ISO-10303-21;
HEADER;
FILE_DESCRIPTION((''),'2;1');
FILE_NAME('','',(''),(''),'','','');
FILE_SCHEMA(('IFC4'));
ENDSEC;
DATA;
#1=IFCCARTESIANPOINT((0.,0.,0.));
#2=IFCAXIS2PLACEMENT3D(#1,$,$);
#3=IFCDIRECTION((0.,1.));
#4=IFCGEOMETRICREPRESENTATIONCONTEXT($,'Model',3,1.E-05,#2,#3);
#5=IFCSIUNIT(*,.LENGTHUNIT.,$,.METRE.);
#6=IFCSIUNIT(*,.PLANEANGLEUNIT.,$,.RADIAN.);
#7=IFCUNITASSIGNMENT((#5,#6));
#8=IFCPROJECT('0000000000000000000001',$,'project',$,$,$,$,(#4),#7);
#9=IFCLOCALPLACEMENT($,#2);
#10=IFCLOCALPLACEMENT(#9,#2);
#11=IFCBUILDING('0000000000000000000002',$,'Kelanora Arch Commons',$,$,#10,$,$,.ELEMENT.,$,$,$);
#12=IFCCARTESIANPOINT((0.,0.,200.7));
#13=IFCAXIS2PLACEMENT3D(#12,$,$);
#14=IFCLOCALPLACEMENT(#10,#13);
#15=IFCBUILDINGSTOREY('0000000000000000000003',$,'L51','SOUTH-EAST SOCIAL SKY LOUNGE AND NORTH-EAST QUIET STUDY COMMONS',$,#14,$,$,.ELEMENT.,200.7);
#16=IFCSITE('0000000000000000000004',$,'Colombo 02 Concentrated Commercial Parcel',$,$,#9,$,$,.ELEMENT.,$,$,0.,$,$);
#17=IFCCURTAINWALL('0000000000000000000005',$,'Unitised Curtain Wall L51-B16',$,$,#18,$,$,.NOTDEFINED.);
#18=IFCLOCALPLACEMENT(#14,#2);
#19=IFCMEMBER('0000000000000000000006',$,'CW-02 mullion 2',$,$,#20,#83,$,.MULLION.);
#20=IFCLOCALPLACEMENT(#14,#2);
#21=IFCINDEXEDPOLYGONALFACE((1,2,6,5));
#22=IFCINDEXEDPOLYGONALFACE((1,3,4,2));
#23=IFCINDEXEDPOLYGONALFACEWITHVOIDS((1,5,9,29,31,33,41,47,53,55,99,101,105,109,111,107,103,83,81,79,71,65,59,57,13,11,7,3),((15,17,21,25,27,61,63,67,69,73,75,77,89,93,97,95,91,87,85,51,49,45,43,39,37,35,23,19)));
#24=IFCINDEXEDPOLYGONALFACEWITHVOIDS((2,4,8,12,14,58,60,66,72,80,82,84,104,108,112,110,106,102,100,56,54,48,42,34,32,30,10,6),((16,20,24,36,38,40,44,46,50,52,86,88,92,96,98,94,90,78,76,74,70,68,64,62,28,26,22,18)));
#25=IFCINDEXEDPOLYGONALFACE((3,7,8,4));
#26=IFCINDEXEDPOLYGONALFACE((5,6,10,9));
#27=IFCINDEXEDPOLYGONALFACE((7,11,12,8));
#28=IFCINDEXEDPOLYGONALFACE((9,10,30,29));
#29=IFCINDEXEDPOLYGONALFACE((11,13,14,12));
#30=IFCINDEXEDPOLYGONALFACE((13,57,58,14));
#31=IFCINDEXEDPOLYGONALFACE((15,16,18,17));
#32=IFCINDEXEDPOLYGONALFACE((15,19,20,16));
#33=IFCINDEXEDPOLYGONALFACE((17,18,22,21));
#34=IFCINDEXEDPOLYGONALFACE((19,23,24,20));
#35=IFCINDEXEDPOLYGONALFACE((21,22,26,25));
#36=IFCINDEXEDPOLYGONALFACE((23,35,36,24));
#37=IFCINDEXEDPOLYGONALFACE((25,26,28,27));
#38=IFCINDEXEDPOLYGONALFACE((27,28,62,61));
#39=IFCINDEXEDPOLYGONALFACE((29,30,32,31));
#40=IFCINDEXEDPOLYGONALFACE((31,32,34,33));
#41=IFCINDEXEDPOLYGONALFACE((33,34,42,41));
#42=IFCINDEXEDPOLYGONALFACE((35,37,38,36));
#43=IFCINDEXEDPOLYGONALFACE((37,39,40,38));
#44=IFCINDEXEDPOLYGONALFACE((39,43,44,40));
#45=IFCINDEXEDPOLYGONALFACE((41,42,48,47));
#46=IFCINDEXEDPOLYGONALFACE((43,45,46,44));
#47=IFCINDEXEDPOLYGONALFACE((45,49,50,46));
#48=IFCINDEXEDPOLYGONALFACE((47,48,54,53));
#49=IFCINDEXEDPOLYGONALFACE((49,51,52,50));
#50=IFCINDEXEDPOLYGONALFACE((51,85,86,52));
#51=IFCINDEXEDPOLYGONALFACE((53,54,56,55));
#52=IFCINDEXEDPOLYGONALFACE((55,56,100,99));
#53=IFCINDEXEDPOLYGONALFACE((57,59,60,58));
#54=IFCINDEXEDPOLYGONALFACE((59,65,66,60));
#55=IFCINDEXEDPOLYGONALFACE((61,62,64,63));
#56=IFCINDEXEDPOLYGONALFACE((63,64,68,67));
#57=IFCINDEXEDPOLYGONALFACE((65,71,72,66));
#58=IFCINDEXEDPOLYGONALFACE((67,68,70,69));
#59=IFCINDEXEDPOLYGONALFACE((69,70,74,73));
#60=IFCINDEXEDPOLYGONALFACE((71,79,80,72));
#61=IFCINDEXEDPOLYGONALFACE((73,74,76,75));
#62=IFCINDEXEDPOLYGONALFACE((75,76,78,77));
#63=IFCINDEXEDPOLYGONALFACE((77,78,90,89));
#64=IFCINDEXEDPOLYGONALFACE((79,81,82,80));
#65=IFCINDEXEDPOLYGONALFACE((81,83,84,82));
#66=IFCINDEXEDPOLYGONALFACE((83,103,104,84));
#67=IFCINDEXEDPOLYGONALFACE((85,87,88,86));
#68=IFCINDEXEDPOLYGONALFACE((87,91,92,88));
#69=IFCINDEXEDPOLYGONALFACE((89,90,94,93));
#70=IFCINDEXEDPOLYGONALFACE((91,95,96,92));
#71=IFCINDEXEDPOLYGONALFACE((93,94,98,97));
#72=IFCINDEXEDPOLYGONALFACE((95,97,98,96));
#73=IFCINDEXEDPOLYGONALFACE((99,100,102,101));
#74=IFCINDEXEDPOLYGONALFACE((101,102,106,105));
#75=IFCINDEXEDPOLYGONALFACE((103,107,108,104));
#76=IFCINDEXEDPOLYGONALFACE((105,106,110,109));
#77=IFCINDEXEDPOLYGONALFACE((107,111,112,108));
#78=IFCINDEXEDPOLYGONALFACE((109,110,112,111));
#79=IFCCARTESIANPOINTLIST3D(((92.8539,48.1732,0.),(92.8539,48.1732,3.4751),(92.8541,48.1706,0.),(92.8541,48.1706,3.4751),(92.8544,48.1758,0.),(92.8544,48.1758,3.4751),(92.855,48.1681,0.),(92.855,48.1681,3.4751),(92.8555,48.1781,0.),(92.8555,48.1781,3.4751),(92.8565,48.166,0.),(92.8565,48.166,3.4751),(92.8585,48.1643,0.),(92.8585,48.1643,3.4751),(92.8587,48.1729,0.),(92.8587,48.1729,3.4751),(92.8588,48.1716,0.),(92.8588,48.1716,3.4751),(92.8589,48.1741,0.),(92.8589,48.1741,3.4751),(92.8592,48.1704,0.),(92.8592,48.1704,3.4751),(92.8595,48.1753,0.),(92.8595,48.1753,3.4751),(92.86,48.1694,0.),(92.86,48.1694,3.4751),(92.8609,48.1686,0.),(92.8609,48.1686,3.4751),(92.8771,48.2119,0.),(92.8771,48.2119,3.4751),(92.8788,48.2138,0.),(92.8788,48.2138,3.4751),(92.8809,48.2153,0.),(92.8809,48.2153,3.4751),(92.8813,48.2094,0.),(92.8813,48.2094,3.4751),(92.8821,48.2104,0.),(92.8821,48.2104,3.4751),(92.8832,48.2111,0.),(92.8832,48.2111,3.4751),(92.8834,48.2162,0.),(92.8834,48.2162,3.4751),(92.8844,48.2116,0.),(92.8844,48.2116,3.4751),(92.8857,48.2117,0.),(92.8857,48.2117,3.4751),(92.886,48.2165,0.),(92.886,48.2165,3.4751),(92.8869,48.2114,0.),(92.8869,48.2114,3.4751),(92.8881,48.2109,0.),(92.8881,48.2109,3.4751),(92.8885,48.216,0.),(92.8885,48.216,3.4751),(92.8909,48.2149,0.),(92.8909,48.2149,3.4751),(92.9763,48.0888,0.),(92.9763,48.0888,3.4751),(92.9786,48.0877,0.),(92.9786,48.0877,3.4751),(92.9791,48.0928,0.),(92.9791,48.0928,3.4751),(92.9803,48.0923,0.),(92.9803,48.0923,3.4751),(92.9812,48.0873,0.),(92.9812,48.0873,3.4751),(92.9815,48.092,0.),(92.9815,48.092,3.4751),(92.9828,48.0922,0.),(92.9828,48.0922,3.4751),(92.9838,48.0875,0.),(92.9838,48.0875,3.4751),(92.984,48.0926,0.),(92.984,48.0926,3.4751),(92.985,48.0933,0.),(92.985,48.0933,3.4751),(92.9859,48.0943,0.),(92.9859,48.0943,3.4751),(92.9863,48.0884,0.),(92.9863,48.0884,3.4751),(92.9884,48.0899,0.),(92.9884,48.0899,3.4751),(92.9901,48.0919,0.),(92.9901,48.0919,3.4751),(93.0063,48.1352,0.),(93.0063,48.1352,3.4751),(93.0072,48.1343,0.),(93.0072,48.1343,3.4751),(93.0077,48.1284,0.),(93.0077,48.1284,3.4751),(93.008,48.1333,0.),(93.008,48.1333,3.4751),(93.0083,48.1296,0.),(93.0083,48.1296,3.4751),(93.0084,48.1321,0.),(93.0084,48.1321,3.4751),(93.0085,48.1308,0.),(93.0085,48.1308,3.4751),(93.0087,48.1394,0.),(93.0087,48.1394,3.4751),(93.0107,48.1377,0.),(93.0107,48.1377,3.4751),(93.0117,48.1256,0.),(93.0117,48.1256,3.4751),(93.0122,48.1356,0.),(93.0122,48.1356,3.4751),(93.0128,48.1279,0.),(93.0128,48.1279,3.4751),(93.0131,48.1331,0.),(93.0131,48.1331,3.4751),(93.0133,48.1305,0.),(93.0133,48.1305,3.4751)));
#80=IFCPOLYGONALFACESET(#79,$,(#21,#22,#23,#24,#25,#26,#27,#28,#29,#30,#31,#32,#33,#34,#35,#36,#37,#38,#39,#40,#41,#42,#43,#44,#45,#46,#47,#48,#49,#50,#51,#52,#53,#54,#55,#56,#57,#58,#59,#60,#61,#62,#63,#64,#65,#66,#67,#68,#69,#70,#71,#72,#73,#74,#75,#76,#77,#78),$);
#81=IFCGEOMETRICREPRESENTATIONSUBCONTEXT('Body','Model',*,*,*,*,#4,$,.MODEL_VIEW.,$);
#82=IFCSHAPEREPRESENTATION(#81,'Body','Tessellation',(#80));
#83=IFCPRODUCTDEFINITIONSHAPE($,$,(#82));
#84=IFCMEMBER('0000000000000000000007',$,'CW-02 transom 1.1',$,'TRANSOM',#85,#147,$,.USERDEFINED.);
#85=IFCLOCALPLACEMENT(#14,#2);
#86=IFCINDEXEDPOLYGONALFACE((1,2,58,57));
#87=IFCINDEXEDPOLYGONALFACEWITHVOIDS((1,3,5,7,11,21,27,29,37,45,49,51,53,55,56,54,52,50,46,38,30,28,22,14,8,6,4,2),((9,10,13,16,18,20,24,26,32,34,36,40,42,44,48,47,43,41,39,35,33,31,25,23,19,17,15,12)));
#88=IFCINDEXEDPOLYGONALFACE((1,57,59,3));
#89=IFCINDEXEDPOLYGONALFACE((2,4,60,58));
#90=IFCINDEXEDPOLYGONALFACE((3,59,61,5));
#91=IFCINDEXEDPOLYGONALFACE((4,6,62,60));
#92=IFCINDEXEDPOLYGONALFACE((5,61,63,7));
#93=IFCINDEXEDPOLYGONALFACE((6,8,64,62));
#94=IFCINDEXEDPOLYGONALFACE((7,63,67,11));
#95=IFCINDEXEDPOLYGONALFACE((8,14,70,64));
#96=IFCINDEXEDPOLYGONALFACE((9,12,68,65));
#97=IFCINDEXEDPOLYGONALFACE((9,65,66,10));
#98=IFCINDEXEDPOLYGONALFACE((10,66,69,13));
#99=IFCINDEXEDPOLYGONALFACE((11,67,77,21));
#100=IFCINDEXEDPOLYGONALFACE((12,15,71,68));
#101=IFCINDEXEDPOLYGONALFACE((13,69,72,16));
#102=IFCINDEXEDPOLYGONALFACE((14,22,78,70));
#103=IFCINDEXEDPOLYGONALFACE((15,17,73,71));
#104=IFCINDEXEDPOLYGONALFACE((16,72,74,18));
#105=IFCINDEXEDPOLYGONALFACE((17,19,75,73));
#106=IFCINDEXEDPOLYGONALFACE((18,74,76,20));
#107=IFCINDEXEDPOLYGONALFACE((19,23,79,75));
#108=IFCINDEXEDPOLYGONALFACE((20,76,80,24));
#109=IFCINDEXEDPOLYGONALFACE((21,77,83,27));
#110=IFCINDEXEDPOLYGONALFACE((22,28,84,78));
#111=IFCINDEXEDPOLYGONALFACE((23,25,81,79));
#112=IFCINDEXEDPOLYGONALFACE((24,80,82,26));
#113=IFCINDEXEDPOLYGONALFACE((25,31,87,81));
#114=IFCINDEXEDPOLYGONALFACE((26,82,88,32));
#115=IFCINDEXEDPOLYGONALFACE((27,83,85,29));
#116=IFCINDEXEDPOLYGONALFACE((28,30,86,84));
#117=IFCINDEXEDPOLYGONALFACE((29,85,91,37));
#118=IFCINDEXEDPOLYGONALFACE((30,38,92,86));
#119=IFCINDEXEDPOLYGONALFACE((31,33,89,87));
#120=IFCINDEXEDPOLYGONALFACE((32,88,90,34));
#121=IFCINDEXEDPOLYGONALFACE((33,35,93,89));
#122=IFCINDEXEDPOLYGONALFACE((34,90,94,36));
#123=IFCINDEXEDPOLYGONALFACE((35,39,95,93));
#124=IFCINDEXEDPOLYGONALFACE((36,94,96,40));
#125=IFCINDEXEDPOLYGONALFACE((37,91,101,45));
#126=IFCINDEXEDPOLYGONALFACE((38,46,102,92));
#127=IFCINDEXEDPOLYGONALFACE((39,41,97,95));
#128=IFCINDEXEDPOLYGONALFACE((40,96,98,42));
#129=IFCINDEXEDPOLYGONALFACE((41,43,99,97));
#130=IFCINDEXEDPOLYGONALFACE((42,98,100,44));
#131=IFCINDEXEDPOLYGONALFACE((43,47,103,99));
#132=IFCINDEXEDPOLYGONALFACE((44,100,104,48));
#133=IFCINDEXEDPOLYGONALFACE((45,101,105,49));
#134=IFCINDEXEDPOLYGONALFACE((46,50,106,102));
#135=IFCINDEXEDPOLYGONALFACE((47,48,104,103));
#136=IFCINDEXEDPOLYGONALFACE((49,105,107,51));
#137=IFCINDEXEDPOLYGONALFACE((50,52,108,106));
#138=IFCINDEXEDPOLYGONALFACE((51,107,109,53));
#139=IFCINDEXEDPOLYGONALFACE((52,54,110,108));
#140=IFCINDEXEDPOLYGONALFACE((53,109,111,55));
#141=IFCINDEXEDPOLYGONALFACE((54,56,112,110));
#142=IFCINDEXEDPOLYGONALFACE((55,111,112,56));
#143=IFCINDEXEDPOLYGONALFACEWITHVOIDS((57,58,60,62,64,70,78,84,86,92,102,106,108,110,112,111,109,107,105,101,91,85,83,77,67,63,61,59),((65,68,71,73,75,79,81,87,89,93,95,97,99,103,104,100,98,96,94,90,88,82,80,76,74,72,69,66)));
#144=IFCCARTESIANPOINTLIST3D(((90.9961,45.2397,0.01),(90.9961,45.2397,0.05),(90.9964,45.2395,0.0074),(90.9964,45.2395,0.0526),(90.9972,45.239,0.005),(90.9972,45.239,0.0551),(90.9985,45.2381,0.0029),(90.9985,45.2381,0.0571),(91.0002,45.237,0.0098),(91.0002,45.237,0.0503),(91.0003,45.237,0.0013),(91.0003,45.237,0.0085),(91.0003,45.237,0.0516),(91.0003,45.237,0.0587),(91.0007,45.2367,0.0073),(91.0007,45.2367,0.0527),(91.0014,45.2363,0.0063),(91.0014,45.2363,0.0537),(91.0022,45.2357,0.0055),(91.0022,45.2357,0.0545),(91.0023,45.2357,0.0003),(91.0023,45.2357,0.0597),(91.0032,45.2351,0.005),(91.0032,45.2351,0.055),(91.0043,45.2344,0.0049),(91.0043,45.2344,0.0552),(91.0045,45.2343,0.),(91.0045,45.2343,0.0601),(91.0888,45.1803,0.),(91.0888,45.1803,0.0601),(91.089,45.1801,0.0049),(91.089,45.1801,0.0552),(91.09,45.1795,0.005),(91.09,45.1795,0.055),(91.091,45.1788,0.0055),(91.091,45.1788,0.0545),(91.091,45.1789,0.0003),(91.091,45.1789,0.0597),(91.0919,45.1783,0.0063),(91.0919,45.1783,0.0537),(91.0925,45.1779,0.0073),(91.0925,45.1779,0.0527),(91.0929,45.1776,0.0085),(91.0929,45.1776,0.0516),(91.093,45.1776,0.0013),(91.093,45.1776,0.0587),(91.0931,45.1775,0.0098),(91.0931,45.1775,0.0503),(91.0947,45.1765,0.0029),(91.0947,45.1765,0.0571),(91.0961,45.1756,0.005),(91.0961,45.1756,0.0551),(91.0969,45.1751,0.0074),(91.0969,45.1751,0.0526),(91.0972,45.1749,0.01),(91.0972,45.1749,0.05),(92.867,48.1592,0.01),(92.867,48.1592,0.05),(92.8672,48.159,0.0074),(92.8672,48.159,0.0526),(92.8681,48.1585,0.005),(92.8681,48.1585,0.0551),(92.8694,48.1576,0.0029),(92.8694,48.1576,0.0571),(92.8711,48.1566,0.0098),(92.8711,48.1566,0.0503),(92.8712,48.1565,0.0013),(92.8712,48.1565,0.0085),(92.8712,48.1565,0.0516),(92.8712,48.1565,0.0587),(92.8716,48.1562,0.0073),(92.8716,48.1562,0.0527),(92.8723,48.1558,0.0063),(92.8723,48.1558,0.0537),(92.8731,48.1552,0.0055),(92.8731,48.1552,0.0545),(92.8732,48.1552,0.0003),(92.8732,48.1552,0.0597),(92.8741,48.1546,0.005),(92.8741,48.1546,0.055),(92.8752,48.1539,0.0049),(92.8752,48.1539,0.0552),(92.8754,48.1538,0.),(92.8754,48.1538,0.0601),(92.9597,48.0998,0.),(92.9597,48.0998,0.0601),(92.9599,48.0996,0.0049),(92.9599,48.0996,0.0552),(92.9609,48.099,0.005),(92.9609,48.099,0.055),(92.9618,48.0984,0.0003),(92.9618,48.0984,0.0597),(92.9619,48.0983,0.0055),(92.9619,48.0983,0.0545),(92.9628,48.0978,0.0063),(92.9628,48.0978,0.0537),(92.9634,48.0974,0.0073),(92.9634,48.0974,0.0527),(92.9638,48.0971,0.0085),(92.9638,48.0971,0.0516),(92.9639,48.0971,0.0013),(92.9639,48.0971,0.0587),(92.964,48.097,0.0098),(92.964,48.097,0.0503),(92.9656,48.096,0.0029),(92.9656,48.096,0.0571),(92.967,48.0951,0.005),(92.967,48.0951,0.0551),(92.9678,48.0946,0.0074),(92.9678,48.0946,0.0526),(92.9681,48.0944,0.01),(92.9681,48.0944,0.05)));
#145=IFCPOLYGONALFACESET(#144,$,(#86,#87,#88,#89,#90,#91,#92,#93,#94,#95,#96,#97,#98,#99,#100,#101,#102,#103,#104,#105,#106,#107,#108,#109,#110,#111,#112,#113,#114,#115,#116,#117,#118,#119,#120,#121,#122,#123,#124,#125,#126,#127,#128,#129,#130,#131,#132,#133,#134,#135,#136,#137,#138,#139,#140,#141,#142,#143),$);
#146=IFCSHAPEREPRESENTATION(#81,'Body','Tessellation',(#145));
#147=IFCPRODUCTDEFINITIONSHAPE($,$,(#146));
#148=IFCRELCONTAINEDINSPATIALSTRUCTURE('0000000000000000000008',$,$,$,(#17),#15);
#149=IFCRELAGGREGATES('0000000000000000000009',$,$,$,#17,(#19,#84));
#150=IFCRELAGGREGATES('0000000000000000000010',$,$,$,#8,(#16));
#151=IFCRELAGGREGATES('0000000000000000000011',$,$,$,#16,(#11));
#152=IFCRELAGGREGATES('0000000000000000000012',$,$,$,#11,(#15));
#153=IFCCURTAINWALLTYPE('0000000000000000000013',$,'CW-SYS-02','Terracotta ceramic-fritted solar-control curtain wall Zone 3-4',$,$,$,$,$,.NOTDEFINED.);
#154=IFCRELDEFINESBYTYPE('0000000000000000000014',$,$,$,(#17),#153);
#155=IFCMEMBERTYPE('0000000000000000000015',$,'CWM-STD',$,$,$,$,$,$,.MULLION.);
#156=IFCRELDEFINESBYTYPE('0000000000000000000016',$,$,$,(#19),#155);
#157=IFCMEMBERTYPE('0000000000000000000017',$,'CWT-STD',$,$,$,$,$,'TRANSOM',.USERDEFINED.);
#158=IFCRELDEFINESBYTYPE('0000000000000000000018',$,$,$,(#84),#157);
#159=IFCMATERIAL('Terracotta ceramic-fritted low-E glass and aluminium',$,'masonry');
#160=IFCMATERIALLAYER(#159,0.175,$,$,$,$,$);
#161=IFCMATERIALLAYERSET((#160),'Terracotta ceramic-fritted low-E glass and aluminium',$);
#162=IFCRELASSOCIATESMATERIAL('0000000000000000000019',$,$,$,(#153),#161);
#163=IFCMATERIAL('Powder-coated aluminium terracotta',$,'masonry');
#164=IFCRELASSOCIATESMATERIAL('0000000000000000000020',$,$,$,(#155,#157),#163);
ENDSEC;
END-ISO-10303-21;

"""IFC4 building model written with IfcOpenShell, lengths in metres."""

from ifc_helpers import new_model, si_unit, direction, frame, origin, origin_2d, place, context, subcontext, project, spatial, hollow_rectangle, extrude, material, layer, layer_set, material_profile, profile_set, type_object, element, aggregate, save


model = new_model("IFC4")

# Units and contexts
model_context = context("Model", 3, precision=1e-05, world=origin(), true_north=direction((0.0, 1.0)))
body_context = subcontext(model_context, "Body", "Model", "MODEL_VIEW")
ifc_project = project(units=[si_unit("LENGTHUNIT", "METRE"), si_unit("PLANEANGLEUNIT", "RADIAN")], contexts=[model_context])

# Site, building, storey
site_placement = place(None, origin())
site = spatial("IfcSite", under=ifc_project, at=site_placement, Name="Colombo 02 Concentrated Commercial Parcel", CompositionType="ELEMENT", RefElevation=0.0)
building_placement = place(site_placement, origin())
building = spatial("IfcBuilding", under=site, at=building_placement, Name="Kelanora Arch Commons", CompositionType="ELEMENT")
storey_placement = place(building_placement, frame((0.0, 0.0, 200.7)))
storey = spatial("IfcBuildingStorey", under=building, at=storey_placement, Name="L51", Description="SOUTH-EAST SOCIAL SKY LOUNGE AND NORTH-EAST QUIET STUDY COMMONS", CompositionType="ELEMENT", Elevation=200.7)

# Shared definitions
ifc_material_1 = material(Name="Terracotta ceramic-fritted low-E glass and aluminium", Category="masonry")
ifc_layer_1 = layer(ifc_material_1, 0.175)
ifc_layer_set_1 = layer_set([ifc_layer_1], Name="Terracotta ceramic-fritted low-E glass and aluminium")
curtain_wall_type = type_object("IfcCurtainWallType", Name="CW-SYS-02", Description="Terracotta ceramic-fritted solar-control curtain wall Zone 3-4", PredefinedType="NOTDEFINED", material=ifc_layer_set_1)
ifc_material_2 = material(Name="Powder-coated aluminium terracotta", Category="masonry")
ifc_material_profile_1 = material_profile(ifc_material_2, hollow_rectangle(XDim=0.1599, YDim=0.0601, WallThickness=0.0049, InnerFilletRadius=0.0049, OuterFilletRadius=0.01, at=origin_2d()), Name="CWM160x60")
ifc_profile_set_1 = profile_set([ifc_material_profile_1], Name="Powder-coated aluminium terracotta")
member_type_1 = type_object("IfcMemberType", Name="CWM-STD", PredefinedType="MULLION", material=ifc_profile_set_1)

# Curtain wall, members
curtain_wall_1_placement = place(storey_placement, origin())
curtain_wall_1 = element("IfcCurtainWall", 1, at=curtain_wall_1_placement, inside=storey, type_object=curtain_wall_type, Name="Unitised Curtain Wall L51-B16", PredefinedType="NOTDEFINED")
member_1_placement = place(storey_placement, frame((92.9336, 48.1519, 0.0), z_axis=(0.0, 0.0, 1.0), x_axis=(-0.841948, 0.539559, 0.0)))
member_1 = element("IfcMember", 2, at=member_1_placement, type_object=member_type_1, Name="CW-02 mullion 2", PredefinedType="MULLION", context=body_context, shape_type="SweptSolid", body=[
    extrude(hollow_rectangle(XDim=0.1599, YDim=0.0601, WallThickness=0.0049, InnerFilletRadius=0.0049, OuterFilletRadius=0.01, at=origin_2d()), origin(), (0.0, 0.0, 1.0), 3.4751),
])
ifc_material_profile_2 = material_profile(ifc_material_2, hollow_rectangle(XDim=0.1201, YDim=0.0601, WallThickness=0.0049, InnerFilletRadius=0.0049, OuterFilletRadius=0.01, at=origin_2d()), Name="CWT120x60")
ifc_profile_set_2 = profile_set([ifc_material_profile_2], Name="Powder-coated aluminium terracotta")
member_type_2 = type_object("IfcMemberType", Name="CWT-STD", ElementType="TRANSOM", PredefinedType="USERDEFINED", material=ifc_profile_set_2)
member_2_placement = place(storey_placement, frame((91.0466, 45.2073, 0.03), z_axis=(0.539547, 0.841955, 0.0), x_axis=(-0.841955, 0.539547, 0.0)))
member_2 = element("IfcMember", 3, at=member_2_placement, type_object=member_type_2, Name="CW-02 transom 1.1", ObjectType="TRANSOM", PredefinedType="USERDEFINED", context=body_context, shape_type="SweptSolid", body=[
    extrude(hollow_rectangle(XDim=0.1201, YDim=0.0601, WallThickness=0.0049, InnerFilletRadius=0.0049, OuterFilletRadius=0.01, at=origin_2d()), origin(), (0.0, 0.0, 1.0), 3.4675),
])

aggregate(curtain_wall_1, [member_1, member_2])

save(model, "model.ifc")
